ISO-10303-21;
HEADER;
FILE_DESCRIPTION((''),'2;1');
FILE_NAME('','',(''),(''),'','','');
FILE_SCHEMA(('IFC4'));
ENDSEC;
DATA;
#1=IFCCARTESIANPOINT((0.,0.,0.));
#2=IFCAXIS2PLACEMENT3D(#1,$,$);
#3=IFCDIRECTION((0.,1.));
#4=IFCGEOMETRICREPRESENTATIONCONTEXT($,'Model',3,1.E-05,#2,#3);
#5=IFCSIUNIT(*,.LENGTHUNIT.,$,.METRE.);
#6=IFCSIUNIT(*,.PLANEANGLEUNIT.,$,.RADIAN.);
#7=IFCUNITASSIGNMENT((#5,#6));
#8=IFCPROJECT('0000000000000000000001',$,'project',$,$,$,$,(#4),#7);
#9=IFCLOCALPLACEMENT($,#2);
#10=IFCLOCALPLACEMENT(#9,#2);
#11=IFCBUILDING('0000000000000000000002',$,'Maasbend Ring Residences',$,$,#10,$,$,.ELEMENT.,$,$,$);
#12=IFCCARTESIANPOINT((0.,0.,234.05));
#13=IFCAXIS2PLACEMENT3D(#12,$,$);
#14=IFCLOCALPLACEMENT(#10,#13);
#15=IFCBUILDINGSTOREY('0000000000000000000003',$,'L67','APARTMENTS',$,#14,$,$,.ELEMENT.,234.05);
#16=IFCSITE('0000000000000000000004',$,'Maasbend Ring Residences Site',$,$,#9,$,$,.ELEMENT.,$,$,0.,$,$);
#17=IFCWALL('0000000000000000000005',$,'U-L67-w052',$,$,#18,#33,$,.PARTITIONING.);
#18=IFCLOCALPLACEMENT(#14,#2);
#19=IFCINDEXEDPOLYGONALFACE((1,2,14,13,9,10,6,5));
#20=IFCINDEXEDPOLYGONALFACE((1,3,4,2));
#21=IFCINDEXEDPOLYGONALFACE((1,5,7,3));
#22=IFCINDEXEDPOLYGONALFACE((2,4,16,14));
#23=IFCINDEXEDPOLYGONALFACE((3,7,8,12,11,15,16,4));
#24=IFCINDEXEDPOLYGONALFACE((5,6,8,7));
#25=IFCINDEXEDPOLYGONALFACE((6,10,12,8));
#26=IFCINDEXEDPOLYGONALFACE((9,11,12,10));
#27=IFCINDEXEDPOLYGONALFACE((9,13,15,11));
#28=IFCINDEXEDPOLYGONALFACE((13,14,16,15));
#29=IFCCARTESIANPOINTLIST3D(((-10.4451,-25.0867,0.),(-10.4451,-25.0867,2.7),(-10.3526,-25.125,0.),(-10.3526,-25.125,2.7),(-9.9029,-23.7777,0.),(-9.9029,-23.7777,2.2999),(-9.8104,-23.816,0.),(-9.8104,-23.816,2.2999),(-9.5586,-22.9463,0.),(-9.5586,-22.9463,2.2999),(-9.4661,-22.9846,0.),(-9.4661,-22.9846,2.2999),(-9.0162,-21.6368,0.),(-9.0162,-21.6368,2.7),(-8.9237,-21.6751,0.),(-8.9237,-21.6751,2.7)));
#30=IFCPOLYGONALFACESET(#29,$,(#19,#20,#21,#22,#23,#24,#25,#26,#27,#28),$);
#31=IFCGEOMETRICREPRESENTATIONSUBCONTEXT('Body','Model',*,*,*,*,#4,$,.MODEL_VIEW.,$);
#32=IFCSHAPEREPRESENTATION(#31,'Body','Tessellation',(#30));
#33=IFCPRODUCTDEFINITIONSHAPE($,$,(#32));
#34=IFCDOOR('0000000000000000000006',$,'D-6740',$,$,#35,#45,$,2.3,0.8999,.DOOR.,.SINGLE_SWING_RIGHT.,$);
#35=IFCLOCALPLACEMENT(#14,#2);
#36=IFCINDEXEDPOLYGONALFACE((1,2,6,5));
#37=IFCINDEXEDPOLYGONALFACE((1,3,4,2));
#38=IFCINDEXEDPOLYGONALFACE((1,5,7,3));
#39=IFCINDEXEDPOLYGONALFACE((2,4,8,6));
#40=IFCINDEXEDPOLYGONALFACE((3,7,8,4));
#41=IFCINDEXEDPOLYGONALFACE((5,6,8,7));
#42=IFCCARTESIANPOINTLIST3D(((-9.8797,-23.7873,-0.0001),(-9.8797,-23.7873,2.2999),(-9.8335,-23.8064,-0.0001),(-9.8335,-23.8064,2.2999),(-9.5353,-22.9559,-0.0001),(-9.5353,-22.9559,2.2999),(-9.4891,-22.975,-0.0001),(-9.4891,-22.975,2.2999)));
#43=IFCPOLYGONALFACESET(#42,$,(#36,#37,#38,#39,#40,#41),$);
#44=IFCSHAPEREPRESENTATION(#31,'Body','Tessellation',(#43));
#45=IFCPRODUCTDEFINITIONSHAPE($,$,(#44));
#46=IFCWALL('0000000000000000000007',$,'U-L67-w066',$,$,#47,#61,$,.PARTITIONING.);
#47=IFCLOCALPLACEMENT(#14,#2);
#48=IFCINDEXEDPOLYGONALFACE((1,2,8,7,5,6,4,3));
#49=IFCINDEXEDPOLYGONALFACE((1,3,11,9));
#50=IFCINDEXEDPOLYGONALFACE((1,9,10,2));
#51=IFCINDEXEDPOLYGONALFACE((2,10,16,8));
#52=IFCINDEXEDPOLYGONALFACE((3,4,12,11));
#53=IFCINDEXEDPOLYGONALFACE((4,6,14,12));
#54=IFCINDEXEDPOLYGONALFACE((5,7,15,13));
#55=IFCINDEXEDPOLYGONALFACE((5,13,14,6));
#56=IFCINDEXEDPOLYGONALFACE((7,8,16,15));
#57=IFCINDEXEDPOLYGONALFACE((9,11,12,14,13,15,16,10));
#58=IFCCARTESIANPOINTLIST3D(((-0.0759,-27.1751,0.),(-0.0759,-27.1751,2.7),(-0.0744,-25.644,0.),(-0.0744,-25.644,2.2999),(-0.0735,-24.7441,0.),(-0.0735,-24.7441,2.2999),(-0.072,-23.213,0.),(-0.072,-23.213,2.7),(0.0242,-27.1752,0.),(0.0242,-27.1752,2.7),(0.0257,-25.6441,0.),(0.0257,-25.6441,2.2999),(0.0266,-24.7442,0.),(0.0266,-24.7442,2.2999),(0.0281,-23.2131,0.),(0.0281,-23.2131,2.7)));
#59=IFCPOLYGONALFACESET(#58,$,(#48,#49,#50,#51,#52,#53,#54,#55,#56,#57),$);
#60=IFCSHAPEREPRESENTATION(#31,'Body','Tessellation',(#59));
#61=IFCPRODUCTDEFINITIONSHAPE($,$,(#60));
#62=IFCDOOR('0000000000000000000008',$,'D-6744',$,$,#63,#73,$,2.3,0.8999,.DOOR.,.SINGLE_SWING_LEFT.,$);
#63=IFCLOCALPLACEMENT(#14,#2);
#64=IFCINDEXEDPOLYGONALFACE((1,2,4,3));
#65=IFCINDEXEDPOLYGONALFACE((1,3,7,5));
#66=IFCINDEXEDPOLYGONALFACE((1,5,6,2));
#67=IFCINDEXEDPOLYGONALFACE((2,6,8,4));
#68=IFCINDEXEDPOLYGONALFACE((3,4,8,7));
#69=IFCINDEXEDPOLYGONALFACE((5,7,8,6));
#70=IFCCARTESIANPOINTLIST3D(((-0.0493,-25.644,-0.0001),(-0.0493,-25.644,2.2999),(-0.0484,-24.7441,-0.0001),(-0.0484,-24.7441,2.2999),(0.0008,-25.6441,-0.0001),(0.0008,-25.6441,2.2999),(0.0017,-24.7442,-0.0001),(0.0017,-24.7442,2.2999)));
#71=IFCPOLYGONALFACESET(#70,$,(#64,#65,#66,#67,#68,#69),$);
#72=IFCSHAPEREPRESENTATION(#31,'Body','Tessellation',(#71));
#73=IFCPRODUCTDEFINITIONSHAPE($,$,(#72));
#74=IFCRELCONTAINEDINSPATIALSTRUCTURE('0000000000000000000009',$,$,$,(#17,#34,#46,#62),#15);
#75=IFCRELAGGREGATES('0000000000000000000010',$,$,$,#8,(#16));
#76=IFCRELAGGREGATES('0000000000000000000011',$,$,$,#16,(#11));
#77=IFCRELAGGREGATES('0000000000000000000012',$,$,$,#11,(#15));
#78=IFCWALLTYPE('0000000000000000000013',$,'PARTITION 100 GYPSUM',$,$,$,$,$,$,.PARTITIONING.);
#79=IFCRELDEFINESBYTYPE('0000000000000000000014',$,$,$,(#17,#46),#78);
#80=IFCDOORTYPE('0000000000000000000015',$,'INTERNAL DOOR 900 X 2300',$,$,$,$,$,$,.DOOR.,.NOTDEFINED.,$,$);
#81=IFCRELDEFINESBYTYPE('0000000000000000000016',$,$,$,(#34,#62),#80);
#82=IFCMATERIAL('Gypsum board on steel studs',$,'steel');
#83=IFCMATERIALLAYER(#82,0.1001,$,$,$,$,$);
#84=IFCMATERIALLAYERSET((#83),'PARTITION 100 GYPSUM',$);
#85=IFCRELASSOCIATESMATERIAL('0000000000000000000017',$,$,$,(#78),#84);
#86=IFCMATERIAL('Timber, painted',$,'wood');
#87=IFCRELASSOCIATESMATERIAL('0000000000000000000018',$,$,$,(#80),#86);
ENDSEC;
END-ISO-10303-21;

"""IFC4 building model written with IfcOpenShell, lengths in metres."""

from ifc_helpers import new_model, si_unit, direction, frame, frame_2d, origin, place, context, subcontext, project, spatial, rectangle, extrude, material, layer, layer_set, type_object, element, fill, save


model = new_model("IFC4")

# Units and contexts
model_context = context("Model", 3, precision=1e-05, world=origin(), true_north=direction((0.0, 1.0)))
body_context = subcontext(model_context, "Body", "Model", "MODEL_VIEW")
ifc_project = project(units=[si_unit("LENGTHUNIT", "METRE"), si_unit("PLANEANGLEUNIT", "RADIAN")], contexts=[model_context])

# Site, building, storey
site_placement = place(None, origin())
site = spatial("IfcSite", under=ifc_project, at=site_placement, Name="Maasbend Ring Residences Site", CompositionType="ELEMENT", RefElevation=0.0)
building_placement = place(site_placement, origin())
building = spatial("IfcBuilding", under=site, at=building_placement, Name="Maasbend Ring Residences", CompositionType="ELEMENT")
storey_placement = place(building_placement, frame((0.0, 0.0, 234.05)))
storey = spatial("IfcBuildingStorey", under=building, at=storey_placement, Name="L67", Description="APARTMENTS", CompositionType="ELEMENT", Elevation=234.05)

# Walls, openings, doors
ifc_material_1 = material(Name="Gypsum board on steel studs", Category="steel")
ifc_layer_1 = layer(ifc_material_1, 0.1001)
ifc_layer_set_1 = layer_set([ifc_layer_1], Name="PARTITION 100 GYPSUM")
wall_type_1 = type_object("IfcWallType", Name="PARTITION 100 GYPSUM", PredefinedType="PARTITIONING", material=ifc_layer_set_1)
wall_1_placement = place(storey_placement, frame((-10.3989, -25.106, 0.0), z_axis=(0.0, 0.0, 1.0), x_axis=(0.382669, 0.923885, 0.0)))
wall_1 = element("IfcWall", 1, at=wall_1_placement, inside=storey, type_object=wall_type_1, Name="U-L67-w052", PredefinedType="PARTITIONING", context=body_context, shape_type="SweptSolid", body=[
    extrude(rectangle(XDim=3.7341, YDim=0.1001, at=frame_2d((1.8672, 0.0))), origin(), (0.0, 0.0, 1.0), 2.7),
])
opening_1_placement = place(wall_1_placement, frame((1.417, 0.0, 0.0)))
opening_1 = element("IfcOpeningElement", 2, at=opening_1_placement, cuts=wall_1, PredefinedType="OPENING", context=body_context, shape_type="SweptSolid", body=[
    extrude(rectangle(XDim=0.8999, YDim=2.3, at=frame_2d((0.45, 1.1499))), frame((0.0, 0.0601, 0.0), z_axis=(0.0, -1.0, 0.0), x_axis=(1.0, 0.0, 0.0)), (0.0, 0.0, 1.0), 0.1201),
])
ifc_material_2 = material(Name="Timber, painted", Category="wood")
door_type_1 = type_object("IfcDoorType", Name="INTERNAL DOOR 900 X 2300", OperationType="NOTDEFINED", PredefinedType="DOOR", material=ifc_material_2)
door_1_placement = place(opening_1_placement, origin())
door_1 = element("IfcDoor", 3, at=door_1_placement, inside=storey, type_object=door_type_1, Name="D-6740", OperationType="SINGLE_SWING_RIGHT", OverallHeight=2.3, OverallWidth=0.8999, PredefinedType="DOOR", context=body_context, shape_type="SweptSolid", body=[
    extrude(rectangle(XDim=0.8999, YDim=2.3, at=frame_2d((0.45, 1.1499))), frame((0.0, 0.0249, 0.0), z_axis=(0.0, -1.0, 0.0), x_axis=(1.0, 0.0, 0.0)), (0.0, 0.0, 1.0), 0.05),
])
fill(opening_1, door_1)
wall_2_placement = place(storey_placement, frame((-0.0259, -27.175, 0.0), z_axis=(0.0, 0.0, 1.0), x_axis=(0.000986, 1.0, 0.0)))
wall_2 = element("IfcWall", 4, at=wall_2_placement, inside=storey, type_object=wall_type_1, Name="U-L67-w066", PredefinedType="PARTITIONING", context=body_context, shape_type="SweptSolid", body=[
    extrude(rectangle(XDim=3.9622, YDim=0.1001, at=frame_2d((1.981, 0.0))), origin(), (0.0, 0.0, 1.0), 2.7),
])
opening_2_placement = place(wall_2_placement, frame((1.531, 0.0, 0.0)))
opening_2 = element("IfcOpeningElement", 5, at=opening_2_placement, cuts=wall_2, PredefinedType="OPENING", context=body_context, shape_type="SweptSolid", body=[
    extrude(rectangle(XDim=0.8999, YDim=2.3, at=frame_2d((0.45, 1.1499))), frame((0.0, 0.0601, 0.0), z_axis=(0.0, -1.0, 0.0), x_axis=(1.0, 0.0, 0.0)), (0.0, 0.0, 1.0), 0.1201),
])
door_2_placement = place(opening_2_placement, origin())
door_2 = element("IfcDoor", 6, at=door_2_placement, inside=storey, type_object=door_type_1, Name="D-6744", OperationType="SINGLE_SWING_LEFT", OverallHeight=2.3, OverallWidth=0.8999, PredefinedType="DOOR", context=body_context, shape_type="SweptSolid", body=[
    extrude(rectangle(XDim=0.8999, YDim=2.3, at=frame_2d((0.45, 1.1499))), frame((0.0, 0.0249, 0.0), z_axis=(0.0, -1.0, 0.0), x_axis=(1.0, 0.0, 0.0)), (0.0, 0.0, 1.0), 0.05),
])
fill(opening_2, door_2)

save(model, "model.ifc")
